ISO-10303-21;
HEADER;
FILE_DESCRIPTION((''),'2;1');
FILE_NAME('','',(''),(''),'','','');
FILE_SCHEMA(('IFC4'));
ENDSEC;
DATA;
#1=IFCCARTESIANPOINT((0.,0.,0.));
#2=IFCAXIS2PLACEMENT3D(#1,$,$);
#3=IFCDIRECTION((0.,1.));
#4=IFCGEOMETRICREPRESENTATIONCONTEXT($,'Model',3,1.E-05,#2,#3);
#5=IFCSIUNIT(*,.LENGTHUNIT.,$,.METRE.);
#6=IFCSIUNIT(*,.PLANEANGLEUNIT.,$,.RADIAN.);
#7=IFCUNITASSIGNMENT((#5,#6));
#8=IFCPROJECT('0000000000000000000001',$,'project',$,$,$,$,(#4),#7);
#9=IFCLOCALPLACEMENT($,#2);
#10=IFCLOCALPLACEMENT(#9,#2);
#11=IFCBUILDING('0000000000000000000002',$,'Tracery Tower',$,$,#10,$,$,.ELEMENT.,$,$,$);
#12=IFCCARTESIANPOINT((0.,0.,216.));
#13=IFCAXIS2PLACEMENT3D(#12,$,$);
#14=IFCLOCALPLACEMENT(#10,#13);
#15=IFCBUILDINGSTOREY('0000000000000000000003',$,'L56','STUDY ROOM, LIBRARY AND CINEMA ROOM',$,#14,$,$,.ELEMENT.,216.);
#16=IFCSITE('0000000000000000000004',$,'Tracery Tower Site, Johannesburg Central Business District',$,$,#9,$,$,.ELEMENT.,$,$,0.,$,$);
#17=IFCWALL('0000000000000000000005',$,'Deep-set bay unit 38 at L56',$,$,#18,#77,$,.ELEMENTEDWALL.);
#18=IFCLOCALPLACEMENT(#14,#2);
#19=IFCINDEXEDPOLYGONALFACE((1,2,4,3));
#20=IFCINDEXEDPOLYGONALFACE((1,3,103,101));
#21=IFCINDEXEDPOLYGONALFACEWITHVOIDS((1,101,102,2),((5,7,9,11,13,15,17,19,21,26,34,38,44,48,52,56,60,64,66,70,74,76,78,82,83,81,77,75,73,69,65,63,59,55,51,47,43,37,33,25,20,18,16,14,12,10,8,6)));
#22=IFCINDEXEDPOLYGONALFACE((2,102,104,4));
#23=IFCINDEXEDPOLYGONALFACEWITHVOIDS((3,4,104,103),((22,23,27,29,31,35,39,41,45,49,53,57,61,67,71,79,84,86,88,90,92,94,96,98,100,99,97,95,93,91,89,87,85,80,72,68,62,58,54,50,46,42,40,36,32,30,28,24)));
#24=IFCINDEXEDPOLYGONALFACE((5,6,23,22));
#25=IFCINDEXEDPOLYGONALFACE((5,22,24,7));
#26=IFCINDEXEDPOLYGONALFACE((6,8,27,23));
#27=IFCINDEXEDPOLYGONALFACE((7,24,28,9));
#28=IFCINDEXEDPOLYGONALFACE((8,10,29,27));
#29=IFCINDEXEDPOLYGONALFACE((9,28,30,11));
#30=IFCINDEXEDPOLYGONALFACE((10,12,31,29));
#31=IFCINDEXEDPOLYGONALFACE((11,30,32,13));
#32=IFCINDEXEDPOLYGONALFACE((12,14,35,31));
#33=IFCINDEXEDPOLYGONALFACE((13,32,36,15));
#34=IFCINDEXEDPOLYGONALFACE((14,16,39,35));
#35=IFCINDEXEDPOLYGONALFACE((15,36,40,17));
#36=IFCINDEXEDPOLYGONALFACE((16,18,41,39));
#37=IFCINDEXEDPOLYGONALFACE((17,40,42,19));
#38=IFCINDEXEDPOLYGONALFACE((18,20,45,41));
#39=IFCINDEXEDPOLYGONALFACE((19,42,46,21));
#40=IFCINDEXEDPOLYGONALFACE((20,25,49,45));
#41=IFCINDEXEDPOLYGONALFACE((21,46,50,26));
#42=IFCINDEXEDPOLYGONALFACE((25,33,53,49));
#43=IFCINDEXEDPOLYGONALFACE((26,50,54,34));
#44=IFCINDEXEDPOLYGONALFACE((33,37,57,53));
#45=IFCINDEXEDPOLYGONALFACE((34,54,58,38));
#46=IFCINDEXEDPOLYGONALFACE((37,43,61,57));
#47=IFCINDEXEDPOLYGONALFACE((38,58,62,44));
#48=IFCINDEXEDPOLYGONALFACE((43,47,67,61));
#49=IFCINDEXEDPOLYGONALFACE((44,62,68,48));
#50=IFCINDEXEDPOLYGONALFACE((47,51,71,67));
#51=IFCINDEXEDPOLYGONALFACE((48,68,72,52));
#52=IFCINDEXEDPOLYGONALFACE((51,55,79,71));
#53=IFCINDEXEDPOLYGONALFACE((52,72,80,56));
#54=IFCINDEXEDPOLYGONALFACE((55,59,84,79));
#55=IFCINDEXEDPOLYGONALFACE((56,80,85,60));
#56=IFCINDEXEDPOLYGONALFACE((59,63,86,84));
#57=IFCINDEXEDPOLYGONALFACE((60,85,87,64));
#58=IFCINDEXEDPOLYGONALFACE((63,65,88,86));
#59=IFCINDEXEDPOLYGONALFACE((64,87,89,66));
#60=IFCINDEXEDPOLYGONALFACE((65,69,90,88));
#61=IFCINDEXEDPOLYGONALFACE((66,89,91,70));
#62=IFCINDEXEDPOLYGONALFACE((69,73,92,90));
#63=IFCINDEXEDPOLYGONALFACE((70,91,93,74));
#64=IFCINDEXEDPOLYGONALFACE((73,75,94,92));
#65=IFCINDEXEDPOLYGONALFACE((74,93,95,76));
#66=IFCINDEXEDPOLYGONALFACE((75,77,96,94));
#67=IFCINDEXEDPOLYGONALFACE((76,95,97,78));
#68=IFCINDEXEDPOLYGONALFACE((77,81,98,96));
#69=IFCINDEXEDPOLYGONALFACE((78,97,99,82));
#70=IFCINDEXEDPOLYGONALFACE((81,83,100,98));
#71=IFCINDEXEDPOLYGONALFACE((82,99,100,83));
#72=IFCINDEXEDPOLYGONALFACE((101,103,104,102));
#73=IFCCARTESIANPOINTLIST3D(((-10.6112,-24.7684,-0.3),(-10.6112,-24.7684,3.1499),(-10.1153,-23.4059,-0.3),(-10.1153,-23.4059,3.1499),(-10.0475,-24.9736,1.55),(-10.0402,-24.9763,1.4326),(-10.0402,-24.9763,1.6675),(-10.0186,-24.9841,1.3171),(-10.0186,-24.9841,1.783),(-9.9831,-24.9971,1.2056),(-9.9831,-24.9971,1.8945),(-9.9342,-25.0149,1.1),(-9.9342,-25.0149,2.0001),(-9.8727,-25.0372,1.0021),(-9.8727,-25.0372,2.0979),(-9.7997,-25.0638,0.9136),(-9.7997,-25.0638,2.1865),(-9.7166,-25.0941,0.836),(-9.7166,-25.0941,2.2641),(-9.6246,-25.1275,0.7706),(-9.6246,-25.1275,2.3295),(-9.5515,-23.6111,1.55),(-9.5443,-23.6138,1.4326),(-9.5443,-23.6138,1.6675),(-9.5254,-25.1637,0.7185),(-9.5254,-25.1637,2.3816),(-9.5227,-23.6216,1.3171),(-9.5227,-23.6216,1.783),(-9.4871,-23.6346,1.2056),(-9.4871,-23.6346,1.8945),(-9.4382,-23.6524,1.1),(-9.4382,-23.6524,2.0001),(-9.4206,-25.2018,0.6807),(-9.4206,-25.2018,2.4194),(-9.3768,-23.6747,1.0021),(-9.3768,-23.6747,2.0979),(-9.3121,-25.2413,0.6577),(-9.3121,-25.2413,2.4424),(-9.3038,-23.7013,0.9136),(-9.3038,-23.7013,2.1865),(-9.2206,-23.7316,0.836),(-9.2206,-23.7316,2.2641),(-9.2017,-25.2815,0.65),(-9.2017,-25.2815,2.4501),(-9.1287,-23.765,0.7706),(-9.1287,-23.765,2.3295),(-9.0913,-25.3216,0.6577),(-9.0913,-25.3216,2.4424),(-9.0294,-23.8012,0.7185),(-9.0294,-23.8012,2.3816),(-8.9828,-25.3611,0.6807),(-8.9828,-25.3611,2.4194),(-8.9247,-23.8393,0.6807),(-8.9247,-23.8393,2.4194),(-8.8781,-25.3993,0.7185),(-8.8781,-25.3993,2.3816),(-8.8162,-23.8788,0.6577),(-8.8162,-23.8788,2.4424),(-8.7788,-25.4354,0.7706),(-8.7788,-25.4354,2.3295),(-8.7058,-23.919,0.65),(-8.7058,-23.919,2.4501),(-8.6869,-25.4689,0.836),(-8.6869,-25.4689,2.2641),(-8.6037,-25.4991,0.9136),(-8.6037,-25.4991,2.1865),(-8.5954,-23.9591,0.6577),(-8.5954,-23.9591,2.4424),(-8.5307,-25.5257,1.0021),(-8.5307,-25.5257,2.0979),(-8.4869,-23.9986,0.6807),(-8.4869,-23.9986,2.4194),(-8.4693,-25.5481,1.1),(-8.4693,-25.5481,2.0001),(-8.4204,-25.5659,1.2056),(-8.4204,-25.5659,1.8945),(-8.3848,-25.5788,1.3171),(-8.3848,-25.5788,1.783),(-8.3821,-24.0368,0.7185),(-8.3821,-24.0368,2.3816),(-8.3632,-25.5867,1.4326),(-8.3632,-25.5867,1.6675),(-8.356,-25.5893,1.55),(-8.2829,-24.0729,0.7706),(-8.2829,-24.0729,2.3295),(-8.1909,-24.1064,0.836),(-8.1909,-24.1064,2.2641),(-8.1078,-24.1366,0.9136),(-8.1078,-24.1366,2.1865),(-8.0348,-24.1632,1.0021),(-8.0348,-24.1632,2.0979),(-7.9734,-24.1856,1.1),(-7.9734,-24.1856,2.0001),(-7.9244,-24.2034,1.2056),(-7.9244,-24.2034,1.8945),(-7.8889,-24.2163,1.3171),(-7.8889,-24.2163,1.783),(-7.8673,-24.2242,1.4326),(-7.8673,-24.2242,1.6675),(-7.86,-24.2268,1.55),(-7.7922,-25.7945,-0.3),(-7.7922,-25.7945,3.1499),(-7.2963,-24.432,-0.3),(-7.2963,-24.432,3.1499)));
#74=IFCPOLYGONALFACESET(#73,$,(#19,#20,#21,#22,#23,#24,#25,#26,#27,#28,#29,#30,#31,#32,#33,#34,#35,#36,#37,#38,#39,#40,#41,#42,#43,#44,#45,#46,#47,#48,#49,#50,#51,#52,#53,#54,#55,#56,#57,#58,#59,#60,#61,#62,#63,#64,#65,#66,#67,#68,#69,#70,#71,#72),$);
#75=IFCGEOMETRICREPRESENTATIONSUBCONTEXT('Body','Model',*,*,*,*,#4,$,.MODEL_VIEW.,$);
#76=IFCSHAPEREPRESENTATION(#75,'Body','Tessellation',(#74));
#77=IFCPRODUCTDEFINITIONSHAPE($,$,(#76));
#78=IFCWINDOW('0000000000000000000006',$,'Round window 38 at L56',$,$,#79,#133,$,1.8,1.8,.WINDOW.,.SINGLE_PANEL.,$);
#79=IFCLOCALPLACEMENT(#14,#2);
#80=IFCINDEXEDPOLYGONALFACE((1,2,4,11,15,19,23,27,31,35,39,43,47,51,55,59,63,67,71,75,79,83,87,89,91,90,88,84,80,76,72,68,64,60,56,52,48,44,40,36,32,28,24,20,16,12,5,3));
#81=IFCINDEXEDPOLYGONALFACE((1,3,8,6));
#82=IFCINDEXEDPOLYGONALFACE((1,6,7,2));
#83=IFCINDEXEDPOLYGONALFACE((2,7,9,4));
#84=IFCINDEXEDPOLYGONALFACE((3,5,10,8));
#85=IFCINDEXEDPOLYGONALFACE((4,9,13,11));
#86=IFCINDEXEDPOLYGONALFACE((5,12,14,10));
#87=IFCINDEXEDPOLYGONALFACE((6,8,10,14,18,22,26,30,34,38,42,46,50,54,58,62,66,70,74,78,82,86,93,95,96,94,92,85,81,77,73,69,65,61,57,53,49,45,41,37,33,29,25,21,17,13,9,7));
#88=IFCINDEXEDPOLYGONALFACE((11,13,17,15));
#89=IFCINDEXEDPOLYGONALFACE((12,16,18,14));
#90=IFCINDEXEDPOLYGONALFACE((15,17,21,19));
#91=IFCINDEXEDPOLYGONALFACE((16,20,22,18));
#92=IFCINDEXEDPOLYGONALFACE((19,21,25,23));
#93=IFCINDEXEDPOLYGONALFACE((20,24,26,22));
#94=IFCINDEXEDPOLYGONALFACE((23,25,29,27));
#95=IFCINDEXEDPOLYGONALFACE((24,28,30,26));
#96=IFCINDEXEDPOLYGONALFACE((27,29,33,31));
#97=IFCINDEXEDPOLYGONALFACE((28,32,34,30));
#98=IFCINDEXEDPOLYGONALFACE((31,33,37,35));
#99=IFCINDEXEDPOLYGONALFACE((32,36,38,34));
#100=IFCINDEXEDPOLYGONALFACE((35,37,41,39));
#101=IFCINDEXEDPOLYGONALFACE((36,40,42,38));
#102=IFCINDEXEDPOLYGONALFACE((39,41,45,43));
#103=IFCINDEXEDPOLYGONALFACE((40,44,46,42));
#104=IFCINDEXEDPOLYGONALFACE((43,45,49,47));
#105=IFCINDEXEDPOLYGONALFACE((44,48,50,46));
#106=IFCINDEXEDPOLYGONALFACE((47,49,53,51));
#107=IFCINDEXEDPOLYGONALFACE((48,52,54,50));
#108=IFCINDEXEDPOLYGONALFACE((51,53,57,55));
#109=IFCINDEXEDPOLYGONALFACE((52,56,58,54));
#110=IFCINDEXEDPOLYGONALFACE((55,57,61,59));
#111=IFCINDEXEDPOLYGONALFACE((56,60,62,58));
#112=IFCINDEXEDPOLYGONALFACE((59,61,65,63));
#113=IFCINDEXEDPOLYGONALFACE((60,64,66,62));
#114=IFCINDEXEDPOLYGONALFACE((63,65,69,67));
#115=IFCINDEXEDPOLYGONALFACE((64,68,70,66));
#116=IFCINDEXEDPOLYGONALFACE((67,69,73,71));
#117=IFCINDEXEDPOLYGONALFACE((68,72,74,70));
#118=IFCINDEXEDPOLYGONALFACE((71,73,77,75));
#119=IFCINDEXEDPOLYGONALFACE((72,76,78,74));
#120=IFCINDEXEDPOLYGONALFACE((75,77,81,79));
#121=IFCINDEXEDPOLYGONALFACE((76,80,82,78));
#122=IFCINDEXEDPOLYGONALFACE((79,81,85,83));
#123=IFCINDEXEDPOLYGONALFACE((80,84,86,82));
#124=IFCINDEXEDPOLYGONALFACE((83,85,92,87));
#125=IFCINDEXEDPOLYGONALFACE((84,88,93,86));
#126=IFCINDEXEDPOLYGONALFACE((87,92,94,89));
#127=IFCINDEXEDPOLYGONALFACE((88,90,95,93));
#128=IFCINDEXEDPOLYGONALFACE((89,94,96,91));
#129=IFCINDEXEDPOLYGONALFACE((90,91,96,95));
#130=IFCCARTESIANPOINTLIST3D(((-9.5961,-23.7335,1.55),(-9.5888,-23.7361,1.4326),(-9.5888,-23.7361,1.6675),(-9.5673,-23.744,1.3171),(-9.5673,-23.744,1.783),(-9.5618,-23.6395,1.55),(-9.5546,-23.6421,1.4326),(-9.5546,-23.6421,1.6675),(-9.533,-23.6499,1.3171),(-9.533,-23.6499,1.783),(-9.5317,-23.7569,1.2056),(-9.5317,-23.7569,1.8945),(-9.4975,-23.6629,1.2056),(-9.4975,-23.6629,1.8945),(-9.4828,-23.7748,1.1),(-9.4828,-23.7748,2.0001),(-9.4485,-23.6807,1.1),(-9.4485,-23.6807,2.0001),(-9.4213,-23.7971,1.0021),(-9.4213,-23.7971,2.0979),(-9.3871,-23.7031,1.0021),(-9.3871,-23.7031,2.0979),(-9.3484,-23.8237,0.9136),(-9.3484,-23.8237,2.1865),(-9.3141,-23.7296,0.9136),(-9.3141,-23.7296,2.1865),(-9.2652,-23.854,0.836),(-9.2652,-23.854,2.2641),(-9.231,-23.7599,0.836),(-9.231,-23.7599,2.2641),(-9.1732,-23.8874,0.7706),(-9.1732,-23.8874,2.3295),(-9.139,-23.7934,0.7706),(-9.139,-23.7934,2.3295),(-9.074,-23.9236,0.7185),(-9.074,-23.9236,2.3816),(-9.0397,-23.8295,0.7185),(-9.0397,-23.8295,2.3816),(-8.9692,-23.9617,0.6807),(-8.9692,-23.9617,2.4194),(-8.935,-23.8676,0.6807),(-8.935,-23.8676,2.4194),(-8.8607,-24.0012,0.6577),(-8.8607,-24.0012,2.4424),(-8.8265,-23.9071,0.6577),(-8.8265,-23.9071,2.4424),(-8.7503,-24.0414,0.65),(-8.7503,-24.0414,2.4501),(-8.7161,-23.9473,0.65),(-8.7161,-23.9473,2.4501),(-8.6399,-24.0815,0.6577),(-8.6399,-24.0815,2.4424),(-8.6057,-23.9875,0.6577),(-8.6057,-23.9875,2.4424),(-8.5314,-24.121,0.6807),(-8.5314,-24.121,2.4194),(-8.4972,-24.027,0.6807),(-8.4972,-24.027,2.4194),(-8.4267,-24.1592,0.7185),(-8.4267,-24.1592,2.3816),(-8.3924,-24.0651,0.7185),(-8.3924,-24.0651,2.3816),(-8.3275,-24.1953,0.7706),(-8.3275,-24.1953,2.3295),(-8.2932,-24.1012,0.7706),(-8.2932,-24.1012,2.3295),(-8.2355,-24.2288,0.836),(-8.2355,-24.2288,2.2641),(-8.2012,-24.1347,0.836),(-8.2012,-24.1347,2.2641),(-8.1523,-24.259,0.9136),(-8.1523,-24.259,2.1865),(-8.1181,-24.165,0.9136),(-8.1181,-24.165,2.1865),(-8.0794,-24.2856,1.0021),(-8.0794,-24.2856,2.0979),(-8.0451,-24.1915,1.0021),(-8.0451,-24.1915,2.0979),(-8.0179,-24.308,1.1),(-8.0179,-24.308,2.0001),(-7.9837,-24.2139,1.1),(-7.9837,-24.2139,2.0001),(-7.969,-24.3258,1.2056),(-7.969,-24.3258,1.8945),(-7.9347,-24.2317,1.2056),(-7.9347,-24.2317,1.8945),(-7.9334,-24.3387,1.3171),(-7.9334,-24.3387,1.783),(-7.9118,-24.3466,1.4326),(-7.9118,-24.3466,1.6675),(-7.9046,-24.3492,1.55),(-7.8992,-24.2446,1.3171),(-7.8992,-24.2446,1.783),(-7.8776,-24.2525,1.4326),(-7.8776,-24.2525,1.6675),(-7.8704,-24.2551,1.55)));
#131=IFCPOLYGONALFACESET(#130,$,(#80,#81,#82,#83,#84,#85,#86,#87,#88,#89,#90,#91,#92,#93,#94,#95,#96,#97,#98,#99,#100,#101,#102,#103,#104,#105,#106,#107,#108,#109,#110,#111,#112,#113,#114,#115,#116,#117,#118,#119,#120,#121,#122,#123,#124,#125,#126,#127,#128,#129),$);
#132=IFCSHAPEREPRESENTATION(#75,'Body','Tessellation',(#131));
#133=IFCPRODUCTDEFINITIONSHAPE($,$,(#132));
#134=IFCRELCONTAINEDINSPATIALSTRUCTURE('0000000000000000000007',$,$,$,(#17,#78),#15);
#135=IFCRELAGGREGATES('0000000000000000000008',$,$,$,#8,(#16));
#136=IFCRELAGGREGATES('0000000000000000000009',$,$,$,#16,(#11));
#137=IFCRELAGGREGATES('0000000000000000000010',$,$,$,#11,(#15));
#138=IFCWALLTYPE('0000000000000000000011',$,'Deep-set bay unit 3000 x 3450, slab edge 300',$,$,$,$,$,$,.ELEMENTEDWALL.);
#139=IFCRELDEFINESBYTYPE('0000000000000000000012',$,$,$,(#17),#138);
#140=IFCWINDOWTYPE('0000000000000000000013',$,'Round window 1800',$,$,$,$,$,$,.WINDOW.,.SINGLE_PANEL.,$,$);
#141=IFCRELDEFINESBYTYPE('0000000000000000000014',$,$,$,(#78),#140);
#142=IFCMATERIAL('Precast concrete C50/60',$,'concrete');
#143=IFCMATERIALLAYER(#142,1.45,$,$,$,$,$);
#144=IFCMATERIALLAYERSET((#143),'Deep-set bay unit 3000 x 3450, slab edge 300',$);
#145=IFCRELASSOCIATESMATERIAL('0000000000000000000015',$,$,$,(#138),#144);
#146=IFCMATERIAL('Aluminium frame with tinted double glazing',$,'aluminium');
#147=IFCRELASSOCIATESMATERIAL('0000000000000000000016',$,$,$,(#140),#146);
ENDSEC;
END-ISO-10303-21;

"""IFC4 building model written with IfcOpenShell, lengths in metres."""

from ifc_helpers import new_model, si_unit, direction, frame, frame_2d, origin, origin_2d, place, context, subcontext, project, spatial, rectangle, circle, extrude, material, layer, layer_set, type_object, element, fill, save


model = new_model("IFC4")

# Units and contexts
model_context = context("Model", 3, precision=1e-05, world=origin(), true_north=direction((0.0, 1.0)))
body_context = subcontext(model_context, "Body", "Model", "MODEL_VIEW")
ifc_project = project(units=[si_unit("LENGTHUNIT", "METRE"), si_unit("PLANEANGLEUNIT", "RADIAN")], contexts=[model_context])

# Site, building, storey
site_placement = place(None, origin())
site = spatial("IfcSite", under=ifc_project, at=site_placement, Name="Tracery Tower Site, Johannesburg Central Business District", CompositionType="ELEMENT", RefElevation=0.0)
building_placement = place(site_placement, origin())
building = spatial("IfcBuilding", under=site, at=building_placement, Name="Tracery Tower", CompositionType="ELEMENT")
storey_placement = place(building_placement, frame((0.0, 0.0, 216.0)))
storey = spatial("IfcBuildingStorey", under=building, at=storey_placement, Name="L56", Description="STUDY ROOM, LIBRARY AND CINEMA ROOM", CompositionType="ELEMENT", Elevation=216.0)

# Wall, opening, window
ifc_material_1 = material(Name="Precast concrete C50/60", Category="concrete")
ifc_layer_1 = layer(ifc_material_1, 1.45)
ifc_layer_set_1 = layer_set([ifc_layer_1], Name="Deep-set bay unit 3000 x 3450, slab edge 300")
wall_type_1 = type_object("IfcWallType", Name="Deep-set bay unit 3000 x 3450, slab edge 300", PredefinedType="ELEMENTEDWALL", material=ifc_layer_set_1)
wall_1_placement = place(storey_placement, frame((-10.3633, -24.0872, -0.3), z_axis=(0.0, 0.0, 1.0), x_axis=(0.939686, -0.342037, 0.0)))
wall_1 = element("IfcWall", 1, at=wall_1_placement, inside=storey, type_object=wall_type_1, Name="Deep-set bay unit 38 at L56", PredefinedType="ELEMENTEDWALL", context=body_context, shape_type="SweptSolid", body=[
    extrude(rectangle(XDim=3.0, YDim=1.45, at=frame_2d((1.5, 0.0))), origin(), (0.0, 0.0, 1.0), 3.45),
])
opening_1_placement = place(wall_1_placement, frame((1.5, 0.0, 1.8501)))
opening_1 = element("IfcOpeningElement", 2, at=opening_1_placement, cuts=wall_1, PredefinedType="OPENING", context=body_context, shape_type="SweptSolid", body=[
    extrude(circle(Radius=0.9, at=origin_2d()), frame((0.0, 0.7349, 0.0), z_axis=(0.0, -1.0, 0.0), x_axis=(1.0, 0.0, 0.0)), (0.0, 0.0, 1.0), 1.47),
])
ifc_material_2 = material(Name="Aluminium frame with tinted double glazing", Category="aluminium")
window_type = type_object("IfcWindowType", Name="Round window 1800", PartitioningType="SINGLE_PANEL", PredefinedType="WINDOW", material=ifc_material_2)
window_1_placement = place(opening_1_placement, origin())
window_1 = element("IfcWindow", 3, at=window_1_placement, inside=storey, type_object=window_type, Name="Round window 38 at L56", OverallHeight=1.8, OverallWidth=1.8, PartitioningType="SINGLE_PANEL", PredefinedType="WINDOW", context=body_context, shape_type="SweptSolid", body=[
    extrude(circle(Radius=0.9, at=origin_2d()), frame((0.0, 0.6948, 0.0), z_axis=(0.0, -1.0, 0.0), x_axis=(1.0, 0.0, 0.0)), (0.0, 0.0, 1.0), 0.1001),
])
fill(opening_1, window_1)

save(model, "model.ifc")
